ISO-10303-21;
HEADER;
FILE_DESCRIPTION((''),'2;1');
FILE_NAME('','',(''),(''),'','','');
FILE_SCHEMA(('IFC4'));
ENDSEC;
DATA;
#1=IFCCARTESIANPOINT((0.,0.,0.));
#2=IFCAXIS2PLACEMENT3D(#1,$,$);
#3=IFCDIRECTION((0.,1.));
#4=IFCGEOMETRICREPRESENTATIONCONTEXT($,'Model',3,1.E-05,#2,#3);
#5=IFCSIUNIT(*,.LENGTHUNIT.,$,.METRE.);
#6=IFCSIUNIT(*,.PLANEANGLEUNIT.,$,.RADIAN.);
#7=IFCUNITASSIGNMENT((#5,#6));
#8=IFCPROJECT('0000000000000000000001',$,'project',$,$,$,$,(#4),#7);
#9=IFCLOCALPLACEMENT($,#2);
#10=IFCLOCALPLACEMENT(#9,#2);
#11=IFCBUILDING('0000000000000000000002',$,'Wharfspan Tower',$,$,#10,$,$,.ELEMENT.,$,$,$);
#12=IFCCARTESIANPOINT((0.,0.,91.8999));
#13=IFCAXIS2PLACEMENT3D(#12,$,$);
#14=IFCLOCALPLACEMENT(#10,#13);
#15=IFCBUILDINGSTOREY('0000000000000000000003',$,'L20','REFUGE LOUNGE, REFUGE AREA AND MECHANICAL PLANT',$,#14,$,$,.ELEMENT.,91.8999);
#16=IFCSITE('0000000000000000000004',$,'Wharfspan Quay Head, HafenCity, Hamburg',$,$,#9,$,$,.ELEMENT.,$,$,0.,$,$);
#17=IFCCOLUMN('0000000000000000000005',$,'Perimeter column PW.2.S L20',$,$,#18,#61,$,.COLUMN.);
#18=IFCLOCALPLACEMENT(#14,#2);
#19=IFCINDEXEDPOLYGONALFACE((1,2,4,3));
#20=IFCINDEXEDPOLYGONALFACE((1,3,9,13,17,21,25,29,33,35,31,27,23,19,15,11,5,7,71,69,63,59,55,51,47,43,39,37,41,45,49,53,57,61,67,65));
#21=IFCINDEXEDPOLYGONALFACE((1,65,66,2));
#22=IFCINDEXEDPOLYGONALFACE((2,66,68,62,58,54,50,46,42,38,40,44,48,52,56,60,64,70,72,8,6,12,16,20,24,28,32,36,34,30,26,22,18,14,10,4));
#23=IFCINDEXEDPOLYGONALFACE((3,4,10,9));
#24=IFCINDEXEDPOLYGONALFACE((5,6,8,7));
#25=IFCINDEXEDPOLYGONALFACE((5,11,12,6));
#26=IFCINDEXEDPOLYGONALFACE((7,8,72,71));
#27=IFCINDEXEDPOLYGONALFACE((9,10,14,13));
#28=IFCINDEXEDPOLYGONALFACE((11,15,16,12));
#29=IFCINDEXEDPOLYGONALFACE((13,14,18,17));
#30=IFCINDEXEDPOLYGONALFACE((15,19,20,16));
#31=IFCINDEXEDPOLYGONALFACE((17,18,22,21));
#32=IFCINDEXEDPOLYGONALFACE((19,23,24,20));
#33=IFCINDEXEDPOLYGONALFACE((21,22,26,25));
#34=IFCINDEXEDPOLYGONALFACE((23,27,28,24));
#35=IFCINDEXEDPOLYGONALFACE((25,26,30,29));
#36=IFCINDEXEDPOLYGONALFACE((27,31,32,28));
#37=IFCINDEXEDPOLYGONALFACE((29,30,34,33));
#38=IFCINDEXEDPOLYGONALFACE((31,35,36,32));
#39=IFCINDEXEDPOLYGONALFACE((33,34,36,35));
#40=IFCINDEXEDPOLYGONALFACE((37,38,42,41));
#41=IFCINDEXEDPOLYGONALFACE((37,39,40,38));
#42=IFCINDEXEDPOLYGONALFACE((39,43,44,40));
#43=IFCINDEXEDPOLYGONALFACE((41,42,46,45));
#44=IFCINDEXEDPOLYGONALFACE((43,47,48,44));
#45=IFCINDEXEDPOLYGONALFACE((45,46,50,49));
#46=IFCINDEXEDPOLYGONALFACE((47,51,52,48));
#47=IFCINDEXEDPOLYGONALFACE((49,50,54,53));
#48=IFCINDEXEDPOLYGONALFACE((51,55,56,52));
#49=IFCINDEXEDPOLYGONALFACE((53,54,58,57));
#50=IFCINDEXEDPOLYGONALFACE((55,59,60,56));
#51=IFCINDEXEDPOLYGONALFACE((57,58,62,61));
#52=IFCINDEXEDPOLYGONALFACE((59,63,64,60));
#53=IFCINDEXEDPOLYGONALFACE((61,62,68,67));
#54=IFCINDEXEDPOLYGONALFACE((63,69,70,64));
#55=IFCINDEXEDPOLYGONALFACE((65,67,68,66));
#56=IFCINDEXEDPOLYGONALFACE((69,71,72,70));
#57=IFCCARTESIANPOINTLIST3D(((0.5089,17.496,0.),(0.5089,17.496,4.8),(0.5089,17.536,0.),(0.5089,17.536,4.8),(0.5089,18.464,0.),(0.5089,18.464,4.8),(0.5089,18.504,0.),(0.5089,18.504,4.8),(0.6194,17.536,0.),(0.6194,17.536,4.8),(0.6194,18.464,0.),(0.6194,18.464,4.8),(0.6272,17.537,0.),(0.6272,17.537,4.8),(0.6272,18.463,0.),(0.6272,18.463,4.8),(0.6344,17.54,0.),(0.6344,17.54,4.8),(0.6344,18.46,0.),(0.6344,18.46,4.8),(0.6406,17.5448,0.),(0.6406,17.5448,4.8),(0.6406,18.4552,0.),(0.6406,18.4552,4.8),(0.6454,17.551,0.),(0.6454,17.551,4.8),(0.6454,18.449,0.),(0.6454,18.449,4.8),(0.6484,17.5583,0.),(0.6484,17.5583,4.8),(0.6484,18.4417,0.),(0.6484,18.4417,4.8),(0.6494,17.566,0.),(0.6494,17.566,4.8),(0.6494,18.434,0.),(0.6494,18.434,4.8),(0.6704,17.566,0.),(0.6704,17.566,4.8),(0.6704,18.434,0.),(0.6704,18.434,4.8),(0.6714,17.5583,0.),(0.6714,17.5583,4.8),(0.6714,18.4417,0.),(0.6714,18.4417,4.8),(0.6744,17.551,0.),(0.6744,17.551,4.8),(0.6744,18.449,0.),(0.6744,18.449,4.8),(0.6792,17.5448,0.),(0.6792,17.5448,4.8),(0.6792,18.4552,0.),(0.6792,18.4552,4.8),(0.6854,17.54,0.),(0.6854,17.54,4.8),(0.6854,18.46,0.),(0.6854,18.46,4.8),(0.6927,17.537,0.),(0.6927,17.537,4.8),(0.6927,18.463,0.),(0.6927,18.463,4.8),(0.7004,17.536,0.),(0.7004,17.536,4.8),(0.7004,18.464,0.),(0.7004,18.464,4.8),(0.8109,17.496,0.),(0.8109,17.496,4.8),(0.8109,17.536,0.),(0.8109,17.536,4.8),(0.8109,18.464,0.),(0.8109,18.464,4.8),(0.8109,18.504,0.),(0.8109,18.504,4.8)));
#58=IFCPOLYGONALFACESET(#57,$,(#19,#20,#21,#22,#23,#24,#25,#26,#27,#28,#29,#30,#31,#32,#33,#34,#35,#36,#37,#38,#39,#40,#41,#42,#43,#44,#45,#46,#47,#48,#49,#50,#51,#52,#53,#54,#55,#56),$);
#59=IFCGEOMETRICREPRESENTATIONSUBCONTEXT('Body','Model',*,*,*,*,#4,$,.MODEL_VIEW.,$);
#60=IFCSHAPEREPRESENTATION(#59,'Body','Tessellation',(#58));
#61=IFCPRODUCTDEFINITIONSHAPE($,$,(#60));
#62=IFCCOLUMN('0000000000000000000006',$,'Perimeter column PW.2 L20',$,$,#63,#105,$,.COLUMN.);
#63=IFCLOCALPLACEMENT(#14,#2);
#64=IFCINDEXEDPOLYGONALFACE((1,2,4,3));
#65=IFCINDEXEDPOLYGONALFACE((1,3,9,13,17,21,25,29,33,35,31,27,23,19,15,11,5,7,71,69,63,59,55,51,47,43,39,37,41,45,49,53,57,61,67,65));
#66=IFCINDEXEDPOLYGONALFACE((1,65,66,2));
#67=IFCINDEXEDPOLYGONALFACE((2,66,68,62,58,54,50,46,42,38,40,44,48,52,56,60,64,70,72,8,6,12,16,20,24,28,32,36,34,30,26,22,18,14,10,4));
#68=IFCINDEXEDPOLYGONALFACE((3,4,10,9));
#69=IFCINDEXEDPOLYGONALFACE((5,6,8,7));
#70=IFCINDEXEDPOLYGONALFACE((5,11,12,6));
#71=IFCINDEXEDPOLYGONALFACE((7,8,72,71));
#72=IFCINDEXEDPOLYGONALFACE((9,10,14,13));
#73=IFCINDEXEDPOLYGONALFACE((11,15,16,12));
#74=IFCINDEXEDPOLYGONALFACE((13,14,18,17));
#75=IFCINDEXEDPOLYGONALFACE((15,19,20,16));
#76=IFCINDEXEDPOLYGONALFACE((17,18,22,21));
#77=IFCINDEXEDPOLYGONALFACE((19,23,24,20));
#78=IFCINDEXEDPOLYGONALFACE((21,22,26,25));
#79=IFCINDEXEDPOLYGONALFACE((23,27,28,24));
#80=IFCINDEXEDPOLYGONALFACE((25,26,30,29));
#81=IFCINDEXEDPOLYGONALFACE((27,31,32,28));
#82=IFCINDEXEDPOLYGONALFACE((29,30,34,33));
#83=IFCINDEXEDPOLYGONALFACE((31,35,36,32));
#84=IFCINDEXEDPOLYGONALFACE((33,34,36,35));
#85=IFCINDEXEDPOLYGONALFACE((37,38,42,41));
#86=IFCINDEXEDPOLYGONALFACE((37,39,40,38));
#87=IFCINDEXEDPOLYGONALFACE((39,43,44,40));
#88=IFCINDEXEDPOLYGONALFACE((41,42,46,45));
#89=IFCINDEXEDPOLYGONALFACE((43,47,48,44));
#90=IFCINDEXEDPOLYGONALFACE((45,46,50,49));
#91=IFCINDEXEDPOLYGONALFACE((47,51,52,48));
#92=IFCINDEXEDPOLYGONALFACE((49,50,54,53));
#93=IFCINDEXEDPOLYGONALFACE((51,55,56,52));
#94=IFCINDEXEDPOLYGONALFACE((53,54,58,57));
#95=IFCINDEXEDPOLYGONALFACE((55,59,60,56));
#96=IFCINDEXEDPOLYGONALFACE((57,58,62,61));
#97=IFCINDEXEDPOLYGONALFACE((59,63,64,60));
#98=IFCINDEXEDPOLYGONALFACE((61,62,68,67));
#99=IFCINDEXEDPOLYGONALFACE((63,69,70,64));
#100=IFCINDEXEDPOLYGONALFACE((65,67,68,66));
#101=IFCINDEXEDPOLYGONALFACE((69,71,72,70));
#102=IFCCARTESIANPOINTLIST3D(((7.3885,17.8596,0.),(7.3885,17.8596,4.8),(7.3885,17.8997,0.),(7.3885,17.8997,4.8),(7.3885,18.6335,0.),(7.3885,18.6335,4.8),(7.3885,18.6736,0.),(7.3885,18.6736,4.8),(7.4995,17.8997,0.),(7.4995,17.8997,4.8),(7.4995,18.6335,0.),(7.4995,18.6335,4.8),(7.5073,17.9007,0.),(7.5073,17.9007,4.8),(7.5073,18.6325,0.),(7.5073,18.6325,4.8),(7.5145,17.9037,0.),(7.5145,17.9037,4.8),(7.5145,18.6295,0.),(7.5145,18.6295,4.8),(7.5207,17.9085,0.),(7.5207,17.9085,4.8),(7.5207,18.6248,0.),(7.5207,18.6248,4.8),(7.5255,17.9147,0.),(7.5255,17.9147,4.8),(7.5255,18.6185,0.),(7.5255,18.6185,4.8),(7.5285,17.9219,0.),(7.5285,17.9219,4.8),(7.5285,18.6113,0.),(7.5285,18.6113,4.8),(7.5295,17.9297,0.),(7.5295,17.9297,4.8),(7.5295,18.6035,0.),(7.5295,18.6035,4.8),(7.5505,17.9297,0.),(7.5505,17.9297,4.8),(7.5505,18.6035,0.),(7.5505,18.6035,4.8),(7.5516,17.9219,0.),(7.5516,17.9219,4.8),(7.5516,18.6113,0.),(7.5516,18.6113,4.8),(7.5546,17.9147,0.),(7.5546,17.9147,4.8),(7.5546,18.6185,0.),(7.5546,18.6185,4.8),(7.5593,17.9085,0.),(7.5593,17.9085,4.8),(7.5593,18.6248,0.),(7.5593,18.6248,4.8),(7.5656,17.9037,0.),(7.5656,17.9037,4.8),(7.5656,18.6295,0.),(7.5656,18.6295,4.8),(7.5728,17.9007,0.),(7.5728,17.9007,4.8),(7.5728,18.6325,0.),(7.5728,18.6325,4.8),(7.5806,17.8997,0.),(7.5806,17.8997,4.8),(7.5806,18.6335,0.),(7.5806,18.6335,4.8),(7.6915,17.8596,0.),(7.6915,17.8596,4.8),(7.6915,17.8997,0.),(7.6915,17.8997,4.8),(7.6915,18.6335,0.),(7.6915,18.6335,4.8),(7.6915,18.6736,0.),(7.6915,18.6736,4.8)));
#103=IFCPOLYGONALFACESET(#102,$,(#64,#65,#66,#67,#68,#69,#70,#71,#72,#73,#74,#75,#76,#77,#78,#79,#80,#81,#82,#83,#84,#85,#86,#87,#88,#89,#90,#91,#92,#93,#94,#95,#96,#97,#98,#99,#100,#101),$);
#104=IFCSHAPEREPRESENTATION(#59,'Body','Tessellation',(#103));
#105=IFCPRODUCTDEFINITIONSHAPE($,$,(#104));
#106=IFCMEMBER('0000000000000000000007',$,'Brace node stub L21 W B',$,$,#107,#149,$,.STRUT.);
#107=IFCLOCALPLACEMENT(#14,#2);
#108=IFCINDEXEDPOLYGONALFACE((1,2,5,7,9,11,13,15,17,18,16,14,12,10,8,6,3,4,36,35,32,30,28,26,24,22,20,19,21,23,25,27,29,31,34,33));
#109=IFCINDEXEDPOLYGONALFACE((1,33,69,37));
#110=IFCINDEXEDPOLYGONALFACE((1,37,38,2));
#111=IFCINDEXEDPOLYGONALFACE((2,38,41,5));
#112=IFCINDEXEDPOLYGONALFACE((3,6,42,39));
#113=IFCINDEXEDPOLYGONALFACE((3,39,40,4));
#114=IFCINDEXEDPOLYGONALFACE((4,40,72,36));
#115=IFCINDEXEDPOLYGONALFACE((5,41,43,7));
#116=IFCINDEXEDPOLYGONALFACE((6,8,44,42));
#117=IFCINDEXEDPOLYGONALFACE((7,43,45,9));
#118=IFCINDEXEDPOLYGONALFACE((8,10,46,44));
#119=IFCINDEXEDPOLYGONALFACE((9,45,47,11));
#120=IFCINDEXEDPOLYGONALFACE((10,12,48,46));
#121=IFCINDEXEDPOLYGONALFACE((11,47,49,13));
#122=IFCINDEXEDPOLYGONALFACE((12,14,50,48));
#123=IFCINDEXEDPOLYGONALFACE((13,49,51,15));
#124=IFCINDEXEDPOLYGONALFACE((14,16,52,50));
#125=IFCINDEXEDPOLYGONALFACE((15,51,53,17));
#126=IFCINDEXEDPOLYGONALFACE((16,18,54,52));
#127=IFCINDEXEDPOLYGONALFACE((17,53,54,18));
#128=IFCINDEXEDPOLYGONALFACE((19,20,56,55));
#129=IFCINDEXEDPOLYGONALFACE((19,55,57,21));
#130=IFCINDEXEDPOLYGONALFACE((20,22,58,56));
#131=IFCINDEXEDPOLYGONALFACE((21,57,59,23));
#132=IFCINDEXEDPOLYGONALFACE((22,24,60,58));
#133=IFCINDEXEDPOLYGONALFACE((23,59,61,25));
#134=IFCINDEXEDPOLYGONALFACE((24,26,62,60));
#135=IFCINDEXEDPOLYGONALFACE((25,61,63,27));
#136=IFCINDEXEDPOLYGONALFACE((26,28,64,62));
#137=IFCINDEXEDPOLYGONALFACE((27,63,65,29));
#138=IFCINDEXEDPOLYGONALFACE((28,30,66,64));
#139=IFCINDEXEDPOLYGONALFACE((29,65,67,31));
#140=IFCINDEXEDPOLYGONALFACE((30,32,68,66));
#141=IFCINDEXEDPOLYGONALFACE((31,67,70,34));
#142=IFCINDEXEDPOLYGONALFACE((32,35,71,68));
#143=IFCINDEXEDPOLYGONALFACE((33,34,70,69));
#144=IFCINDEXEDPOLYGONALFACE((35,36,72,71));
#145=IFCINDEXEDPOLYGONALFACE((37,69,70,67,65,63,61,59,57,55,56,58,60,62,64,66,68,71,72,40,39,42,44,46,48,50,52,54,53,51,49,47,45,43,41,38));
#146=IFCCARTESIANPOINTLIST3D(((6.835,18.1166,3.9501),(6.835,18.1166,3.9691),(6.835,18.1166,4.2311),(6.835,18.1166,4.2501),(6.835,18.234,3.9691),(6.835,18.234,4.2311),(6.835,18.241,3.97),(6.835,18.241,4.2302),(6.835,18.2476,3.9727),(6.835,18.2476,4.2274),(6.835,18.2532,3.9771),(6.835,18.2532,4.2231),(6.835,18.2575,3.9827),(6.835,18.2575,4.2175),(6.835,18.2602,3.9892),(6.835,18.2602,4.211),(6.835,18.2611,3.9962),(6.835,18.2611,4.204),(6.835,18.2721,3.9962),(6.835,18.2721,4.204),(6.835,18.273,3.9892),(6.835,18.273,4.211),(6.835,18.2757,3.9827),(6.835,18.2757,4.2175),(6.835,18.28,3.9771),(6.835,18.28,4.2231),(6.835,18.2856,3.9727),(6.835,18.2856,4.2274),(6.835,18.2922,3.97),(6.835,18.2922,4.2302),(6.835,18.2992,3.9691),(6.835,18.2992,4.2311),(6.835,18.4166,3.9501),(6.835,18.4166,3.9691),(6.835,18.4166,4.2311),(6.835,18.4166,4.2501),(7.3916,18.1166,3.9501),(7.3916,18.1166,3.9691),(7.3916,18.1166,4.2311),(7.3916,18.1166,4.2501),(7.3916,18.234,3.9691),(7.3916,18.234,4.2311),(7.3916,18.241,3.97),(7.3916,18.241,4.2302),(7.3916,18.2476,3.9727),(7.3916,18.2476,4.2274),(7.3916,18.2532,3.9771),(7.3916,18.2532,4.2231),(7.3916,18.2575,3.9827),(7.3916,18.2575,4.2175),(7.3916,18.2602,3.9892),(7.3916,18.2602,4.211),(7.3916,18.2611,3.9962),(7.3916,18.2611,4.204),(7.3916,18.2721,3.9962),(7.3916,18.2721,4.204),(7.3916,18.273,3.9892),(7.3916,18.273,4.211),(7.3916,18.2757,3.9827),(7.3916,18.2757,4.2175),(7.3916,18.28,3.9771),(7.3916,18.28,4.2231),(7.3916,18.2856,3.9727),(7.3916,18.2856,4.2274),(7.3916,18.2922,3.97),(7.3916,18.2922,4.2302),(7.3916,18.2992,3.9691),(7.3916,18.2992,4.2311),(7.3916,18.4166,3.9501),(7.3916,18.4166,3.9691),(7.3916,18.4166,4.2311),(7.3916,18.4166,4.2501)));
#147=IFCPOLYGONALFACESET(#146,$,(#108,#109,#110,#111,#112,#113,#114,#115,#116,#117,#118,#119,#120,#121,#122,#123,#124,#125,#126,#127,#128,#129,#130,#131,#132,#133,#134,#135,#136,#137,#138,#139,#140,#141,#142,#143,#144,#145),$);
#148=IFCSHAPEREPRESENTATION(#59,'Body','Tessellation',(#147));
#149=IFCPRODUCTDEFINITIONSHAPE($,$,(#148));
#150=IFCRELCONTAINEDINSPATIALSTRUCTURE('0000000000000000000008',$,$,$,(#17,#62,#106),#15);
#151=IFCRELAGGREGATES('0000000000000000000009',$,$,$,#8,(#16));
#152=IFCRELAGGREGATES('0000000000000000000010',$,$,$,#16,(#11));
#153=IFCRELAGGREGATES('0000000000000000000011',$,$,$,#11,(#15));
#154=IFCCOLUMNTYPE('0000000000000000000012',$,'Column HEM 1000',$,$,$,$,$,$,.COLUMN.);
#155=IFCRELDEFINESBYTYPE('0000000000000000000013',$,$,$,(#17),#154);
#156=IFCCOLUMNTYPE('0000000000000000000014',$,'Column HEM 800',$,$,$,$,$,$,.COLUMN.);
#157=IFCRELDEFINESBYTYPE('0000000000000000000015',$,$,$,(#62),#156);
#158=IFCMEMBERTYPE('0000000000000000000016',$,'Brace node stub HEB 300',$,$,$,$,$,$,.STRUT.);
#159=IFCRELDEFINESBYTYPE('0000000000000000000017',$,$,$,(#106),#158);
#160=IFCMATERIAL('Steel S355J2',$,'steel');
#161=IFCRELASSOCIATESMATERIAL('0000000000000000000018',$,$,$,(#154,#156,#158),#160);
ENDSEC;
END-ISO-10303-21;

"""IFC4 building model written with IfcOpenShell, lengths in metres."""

from ifc_helpers import new_model, si_unit, direction, frame, origin, origin_2d, place, context, subcontext, project, spatial, i_section, extrude, material, material_profile, profile_set, type_object, element, save


model = new_model("IFC4")

# Units and contexts
model_context = context("Model", 3, precision=1e-05, world=origin(), true_north=direction((0.0, 1.0)))
body_context = subcontext(model_context, "Body", "Model", "MODEL_VIEW")
ifc_project = project(units=[si_unit("LENGTHUNIT", "METRE"), si_unit("PLANEANGLEUNIT", "RADIAN")], contexts=[model_context])

# Site, building, storey
site_placement = place(None, origin())
site = spatial("IfcSite", under=ifc_project, at=site_placement, Name="Wharfspan Quay Head, HafenCity, Hamburg", CompositionType="ELEMENT", RefElevation=0.0)
building_placement = place(site_placement, origin())
building = spatial("IfcBuilding", under=site, at=building_placement, Name="Wharfspan Tower", CompositionType="ELEMENT")
storey_placement = place(building_placement, frame((0.0, 0.0, 91.8999)))
storey = spatial("IfcBuildingStorey", under=building, at=storey_placement, Name="L20", Description="REFUGE LOUNGE, REFUGE AREA AND MECHANICAL PLANT", CompositionType="ELEMENT", Elevation=91.8999)

# Columns
ifc_material_1 = material(Name="Steel S355J2", Category="steel")
ifc_material_profile_1 = material_profile(ifc_material_1, i_section(OverallWidth=0.302, OverallDepth=1.0081, WebThickness=0.021, FlangeThickness=0.04, FilletRadius=0.03, at=origin_2d()))
ifc_profile_set_1 = profile_set([ifc_material_profile_1], Name="Steel S355J2")
column_type_1 = type_object("IfcColumnType", Name="Column HEM 1000", PredefinedType="COLUMN", material=ifc_profile_set_1)
column_1_placement = place(storey_placement, frame((0.6599, 18.0, 0.0), z_axis=(0.0, 0.0, 1.0), x_axis=(-1.0, 0.0, 0.0)))
element("IfcColumn", 1, at=column_1_placement, inside=storey, type_object=column_type_1, Name="Perimeter column PW.2.S L20", PredefinedType="COLUMN", context=body_context, shape_type="SweptSolid", body=[
    extrude(i_section(OverallWidth=0.302, OverallDepth=1.0081, WebThickness=0.021, FlangeThickness=0.04, FilletRadius=0.03, at=origin_2d()), origin(), (0.0, 0.0, 1.0), 4.8),
])
ifc_material_profile_2 = material_profile(ifc_material_1, i_section(OverallWidth=0.303, OverallDepth=0.814, WebThickness=0.021, FlangeThickness=0.04, FilletRadius=0.03, at=origin_2d()))
ifc_profile_set_2 = profile_set([ifc_material_profile_2], Name="Steel S355J2")
column_type_2 = type_object("IfcColumnType", Name="Column HEM 800", PredefinedType="COLUMN", material=ifc_profile_set_2)
column_2_placement = place(storey_placement, frame((7.54, 18.2666, 0.0), z_axis=(0.0, 0.0, 1.0), x_axis=(-1.0, 0.0, 0.0)))
element("IfcColumn", 2, at=column_2_placement, inside=storey, type_object=column_type_2, Name="Perimeter column PW.2 L20", PredefinedType="COLUMN", context=body_context, shape_type="SweptSolid", body=[
    extrude(i_section(OverallWidth=0.303, OverallDepth=0.814, WebThickness=0.021, FlangeThickness=0.04, FilletRadius=0.03, at=origin_2d()), origin(), (0.0, 0.0, 1.0), 4.8),
])

# Member
ifc_material_profile_3 = material_profile(ifc_material_1, i_section(OverallWidth=0.3, OverallDepth=0.3, WebThickness=0.011, FlangeThickness=0.019, FilletRadius=0.0271, at=origin_2d()))
ifc_profile_set_3 = profile_set([ifc_material_profile_3], Name="Steel S355J2")
member_type_1 = type_object("IfcMemberType", Name="Brace node stub HEB 300", PredefinedType="STRUT", material=ifc_profile_set_3)
member_1_placement = place(storey_placement, frame((7.3916, 18.2666, 4.1001), z_axis=(-1.0, 0.0, 0.0), x_axis=(0.0, -1.0, 0.0)))
element("IfcMember", 3, at=member_1_placement, inside=storey, type_object=member_type_1, Name="Brace node stub L21 W B", PredefinedType="STRUT", context=body_context, shape_type="SweptSolid", body=[
    extrude(i_section(OverallWidth=0.3, OverallDepth=0.3, WebThickness=0.011, FlangeThickness=0.019, FilletRadius=0.0271, at=origin_2d()), origin(), (0.0, 0.0, 1.0), 0.5566),
])

save(model, "model.ifc")
